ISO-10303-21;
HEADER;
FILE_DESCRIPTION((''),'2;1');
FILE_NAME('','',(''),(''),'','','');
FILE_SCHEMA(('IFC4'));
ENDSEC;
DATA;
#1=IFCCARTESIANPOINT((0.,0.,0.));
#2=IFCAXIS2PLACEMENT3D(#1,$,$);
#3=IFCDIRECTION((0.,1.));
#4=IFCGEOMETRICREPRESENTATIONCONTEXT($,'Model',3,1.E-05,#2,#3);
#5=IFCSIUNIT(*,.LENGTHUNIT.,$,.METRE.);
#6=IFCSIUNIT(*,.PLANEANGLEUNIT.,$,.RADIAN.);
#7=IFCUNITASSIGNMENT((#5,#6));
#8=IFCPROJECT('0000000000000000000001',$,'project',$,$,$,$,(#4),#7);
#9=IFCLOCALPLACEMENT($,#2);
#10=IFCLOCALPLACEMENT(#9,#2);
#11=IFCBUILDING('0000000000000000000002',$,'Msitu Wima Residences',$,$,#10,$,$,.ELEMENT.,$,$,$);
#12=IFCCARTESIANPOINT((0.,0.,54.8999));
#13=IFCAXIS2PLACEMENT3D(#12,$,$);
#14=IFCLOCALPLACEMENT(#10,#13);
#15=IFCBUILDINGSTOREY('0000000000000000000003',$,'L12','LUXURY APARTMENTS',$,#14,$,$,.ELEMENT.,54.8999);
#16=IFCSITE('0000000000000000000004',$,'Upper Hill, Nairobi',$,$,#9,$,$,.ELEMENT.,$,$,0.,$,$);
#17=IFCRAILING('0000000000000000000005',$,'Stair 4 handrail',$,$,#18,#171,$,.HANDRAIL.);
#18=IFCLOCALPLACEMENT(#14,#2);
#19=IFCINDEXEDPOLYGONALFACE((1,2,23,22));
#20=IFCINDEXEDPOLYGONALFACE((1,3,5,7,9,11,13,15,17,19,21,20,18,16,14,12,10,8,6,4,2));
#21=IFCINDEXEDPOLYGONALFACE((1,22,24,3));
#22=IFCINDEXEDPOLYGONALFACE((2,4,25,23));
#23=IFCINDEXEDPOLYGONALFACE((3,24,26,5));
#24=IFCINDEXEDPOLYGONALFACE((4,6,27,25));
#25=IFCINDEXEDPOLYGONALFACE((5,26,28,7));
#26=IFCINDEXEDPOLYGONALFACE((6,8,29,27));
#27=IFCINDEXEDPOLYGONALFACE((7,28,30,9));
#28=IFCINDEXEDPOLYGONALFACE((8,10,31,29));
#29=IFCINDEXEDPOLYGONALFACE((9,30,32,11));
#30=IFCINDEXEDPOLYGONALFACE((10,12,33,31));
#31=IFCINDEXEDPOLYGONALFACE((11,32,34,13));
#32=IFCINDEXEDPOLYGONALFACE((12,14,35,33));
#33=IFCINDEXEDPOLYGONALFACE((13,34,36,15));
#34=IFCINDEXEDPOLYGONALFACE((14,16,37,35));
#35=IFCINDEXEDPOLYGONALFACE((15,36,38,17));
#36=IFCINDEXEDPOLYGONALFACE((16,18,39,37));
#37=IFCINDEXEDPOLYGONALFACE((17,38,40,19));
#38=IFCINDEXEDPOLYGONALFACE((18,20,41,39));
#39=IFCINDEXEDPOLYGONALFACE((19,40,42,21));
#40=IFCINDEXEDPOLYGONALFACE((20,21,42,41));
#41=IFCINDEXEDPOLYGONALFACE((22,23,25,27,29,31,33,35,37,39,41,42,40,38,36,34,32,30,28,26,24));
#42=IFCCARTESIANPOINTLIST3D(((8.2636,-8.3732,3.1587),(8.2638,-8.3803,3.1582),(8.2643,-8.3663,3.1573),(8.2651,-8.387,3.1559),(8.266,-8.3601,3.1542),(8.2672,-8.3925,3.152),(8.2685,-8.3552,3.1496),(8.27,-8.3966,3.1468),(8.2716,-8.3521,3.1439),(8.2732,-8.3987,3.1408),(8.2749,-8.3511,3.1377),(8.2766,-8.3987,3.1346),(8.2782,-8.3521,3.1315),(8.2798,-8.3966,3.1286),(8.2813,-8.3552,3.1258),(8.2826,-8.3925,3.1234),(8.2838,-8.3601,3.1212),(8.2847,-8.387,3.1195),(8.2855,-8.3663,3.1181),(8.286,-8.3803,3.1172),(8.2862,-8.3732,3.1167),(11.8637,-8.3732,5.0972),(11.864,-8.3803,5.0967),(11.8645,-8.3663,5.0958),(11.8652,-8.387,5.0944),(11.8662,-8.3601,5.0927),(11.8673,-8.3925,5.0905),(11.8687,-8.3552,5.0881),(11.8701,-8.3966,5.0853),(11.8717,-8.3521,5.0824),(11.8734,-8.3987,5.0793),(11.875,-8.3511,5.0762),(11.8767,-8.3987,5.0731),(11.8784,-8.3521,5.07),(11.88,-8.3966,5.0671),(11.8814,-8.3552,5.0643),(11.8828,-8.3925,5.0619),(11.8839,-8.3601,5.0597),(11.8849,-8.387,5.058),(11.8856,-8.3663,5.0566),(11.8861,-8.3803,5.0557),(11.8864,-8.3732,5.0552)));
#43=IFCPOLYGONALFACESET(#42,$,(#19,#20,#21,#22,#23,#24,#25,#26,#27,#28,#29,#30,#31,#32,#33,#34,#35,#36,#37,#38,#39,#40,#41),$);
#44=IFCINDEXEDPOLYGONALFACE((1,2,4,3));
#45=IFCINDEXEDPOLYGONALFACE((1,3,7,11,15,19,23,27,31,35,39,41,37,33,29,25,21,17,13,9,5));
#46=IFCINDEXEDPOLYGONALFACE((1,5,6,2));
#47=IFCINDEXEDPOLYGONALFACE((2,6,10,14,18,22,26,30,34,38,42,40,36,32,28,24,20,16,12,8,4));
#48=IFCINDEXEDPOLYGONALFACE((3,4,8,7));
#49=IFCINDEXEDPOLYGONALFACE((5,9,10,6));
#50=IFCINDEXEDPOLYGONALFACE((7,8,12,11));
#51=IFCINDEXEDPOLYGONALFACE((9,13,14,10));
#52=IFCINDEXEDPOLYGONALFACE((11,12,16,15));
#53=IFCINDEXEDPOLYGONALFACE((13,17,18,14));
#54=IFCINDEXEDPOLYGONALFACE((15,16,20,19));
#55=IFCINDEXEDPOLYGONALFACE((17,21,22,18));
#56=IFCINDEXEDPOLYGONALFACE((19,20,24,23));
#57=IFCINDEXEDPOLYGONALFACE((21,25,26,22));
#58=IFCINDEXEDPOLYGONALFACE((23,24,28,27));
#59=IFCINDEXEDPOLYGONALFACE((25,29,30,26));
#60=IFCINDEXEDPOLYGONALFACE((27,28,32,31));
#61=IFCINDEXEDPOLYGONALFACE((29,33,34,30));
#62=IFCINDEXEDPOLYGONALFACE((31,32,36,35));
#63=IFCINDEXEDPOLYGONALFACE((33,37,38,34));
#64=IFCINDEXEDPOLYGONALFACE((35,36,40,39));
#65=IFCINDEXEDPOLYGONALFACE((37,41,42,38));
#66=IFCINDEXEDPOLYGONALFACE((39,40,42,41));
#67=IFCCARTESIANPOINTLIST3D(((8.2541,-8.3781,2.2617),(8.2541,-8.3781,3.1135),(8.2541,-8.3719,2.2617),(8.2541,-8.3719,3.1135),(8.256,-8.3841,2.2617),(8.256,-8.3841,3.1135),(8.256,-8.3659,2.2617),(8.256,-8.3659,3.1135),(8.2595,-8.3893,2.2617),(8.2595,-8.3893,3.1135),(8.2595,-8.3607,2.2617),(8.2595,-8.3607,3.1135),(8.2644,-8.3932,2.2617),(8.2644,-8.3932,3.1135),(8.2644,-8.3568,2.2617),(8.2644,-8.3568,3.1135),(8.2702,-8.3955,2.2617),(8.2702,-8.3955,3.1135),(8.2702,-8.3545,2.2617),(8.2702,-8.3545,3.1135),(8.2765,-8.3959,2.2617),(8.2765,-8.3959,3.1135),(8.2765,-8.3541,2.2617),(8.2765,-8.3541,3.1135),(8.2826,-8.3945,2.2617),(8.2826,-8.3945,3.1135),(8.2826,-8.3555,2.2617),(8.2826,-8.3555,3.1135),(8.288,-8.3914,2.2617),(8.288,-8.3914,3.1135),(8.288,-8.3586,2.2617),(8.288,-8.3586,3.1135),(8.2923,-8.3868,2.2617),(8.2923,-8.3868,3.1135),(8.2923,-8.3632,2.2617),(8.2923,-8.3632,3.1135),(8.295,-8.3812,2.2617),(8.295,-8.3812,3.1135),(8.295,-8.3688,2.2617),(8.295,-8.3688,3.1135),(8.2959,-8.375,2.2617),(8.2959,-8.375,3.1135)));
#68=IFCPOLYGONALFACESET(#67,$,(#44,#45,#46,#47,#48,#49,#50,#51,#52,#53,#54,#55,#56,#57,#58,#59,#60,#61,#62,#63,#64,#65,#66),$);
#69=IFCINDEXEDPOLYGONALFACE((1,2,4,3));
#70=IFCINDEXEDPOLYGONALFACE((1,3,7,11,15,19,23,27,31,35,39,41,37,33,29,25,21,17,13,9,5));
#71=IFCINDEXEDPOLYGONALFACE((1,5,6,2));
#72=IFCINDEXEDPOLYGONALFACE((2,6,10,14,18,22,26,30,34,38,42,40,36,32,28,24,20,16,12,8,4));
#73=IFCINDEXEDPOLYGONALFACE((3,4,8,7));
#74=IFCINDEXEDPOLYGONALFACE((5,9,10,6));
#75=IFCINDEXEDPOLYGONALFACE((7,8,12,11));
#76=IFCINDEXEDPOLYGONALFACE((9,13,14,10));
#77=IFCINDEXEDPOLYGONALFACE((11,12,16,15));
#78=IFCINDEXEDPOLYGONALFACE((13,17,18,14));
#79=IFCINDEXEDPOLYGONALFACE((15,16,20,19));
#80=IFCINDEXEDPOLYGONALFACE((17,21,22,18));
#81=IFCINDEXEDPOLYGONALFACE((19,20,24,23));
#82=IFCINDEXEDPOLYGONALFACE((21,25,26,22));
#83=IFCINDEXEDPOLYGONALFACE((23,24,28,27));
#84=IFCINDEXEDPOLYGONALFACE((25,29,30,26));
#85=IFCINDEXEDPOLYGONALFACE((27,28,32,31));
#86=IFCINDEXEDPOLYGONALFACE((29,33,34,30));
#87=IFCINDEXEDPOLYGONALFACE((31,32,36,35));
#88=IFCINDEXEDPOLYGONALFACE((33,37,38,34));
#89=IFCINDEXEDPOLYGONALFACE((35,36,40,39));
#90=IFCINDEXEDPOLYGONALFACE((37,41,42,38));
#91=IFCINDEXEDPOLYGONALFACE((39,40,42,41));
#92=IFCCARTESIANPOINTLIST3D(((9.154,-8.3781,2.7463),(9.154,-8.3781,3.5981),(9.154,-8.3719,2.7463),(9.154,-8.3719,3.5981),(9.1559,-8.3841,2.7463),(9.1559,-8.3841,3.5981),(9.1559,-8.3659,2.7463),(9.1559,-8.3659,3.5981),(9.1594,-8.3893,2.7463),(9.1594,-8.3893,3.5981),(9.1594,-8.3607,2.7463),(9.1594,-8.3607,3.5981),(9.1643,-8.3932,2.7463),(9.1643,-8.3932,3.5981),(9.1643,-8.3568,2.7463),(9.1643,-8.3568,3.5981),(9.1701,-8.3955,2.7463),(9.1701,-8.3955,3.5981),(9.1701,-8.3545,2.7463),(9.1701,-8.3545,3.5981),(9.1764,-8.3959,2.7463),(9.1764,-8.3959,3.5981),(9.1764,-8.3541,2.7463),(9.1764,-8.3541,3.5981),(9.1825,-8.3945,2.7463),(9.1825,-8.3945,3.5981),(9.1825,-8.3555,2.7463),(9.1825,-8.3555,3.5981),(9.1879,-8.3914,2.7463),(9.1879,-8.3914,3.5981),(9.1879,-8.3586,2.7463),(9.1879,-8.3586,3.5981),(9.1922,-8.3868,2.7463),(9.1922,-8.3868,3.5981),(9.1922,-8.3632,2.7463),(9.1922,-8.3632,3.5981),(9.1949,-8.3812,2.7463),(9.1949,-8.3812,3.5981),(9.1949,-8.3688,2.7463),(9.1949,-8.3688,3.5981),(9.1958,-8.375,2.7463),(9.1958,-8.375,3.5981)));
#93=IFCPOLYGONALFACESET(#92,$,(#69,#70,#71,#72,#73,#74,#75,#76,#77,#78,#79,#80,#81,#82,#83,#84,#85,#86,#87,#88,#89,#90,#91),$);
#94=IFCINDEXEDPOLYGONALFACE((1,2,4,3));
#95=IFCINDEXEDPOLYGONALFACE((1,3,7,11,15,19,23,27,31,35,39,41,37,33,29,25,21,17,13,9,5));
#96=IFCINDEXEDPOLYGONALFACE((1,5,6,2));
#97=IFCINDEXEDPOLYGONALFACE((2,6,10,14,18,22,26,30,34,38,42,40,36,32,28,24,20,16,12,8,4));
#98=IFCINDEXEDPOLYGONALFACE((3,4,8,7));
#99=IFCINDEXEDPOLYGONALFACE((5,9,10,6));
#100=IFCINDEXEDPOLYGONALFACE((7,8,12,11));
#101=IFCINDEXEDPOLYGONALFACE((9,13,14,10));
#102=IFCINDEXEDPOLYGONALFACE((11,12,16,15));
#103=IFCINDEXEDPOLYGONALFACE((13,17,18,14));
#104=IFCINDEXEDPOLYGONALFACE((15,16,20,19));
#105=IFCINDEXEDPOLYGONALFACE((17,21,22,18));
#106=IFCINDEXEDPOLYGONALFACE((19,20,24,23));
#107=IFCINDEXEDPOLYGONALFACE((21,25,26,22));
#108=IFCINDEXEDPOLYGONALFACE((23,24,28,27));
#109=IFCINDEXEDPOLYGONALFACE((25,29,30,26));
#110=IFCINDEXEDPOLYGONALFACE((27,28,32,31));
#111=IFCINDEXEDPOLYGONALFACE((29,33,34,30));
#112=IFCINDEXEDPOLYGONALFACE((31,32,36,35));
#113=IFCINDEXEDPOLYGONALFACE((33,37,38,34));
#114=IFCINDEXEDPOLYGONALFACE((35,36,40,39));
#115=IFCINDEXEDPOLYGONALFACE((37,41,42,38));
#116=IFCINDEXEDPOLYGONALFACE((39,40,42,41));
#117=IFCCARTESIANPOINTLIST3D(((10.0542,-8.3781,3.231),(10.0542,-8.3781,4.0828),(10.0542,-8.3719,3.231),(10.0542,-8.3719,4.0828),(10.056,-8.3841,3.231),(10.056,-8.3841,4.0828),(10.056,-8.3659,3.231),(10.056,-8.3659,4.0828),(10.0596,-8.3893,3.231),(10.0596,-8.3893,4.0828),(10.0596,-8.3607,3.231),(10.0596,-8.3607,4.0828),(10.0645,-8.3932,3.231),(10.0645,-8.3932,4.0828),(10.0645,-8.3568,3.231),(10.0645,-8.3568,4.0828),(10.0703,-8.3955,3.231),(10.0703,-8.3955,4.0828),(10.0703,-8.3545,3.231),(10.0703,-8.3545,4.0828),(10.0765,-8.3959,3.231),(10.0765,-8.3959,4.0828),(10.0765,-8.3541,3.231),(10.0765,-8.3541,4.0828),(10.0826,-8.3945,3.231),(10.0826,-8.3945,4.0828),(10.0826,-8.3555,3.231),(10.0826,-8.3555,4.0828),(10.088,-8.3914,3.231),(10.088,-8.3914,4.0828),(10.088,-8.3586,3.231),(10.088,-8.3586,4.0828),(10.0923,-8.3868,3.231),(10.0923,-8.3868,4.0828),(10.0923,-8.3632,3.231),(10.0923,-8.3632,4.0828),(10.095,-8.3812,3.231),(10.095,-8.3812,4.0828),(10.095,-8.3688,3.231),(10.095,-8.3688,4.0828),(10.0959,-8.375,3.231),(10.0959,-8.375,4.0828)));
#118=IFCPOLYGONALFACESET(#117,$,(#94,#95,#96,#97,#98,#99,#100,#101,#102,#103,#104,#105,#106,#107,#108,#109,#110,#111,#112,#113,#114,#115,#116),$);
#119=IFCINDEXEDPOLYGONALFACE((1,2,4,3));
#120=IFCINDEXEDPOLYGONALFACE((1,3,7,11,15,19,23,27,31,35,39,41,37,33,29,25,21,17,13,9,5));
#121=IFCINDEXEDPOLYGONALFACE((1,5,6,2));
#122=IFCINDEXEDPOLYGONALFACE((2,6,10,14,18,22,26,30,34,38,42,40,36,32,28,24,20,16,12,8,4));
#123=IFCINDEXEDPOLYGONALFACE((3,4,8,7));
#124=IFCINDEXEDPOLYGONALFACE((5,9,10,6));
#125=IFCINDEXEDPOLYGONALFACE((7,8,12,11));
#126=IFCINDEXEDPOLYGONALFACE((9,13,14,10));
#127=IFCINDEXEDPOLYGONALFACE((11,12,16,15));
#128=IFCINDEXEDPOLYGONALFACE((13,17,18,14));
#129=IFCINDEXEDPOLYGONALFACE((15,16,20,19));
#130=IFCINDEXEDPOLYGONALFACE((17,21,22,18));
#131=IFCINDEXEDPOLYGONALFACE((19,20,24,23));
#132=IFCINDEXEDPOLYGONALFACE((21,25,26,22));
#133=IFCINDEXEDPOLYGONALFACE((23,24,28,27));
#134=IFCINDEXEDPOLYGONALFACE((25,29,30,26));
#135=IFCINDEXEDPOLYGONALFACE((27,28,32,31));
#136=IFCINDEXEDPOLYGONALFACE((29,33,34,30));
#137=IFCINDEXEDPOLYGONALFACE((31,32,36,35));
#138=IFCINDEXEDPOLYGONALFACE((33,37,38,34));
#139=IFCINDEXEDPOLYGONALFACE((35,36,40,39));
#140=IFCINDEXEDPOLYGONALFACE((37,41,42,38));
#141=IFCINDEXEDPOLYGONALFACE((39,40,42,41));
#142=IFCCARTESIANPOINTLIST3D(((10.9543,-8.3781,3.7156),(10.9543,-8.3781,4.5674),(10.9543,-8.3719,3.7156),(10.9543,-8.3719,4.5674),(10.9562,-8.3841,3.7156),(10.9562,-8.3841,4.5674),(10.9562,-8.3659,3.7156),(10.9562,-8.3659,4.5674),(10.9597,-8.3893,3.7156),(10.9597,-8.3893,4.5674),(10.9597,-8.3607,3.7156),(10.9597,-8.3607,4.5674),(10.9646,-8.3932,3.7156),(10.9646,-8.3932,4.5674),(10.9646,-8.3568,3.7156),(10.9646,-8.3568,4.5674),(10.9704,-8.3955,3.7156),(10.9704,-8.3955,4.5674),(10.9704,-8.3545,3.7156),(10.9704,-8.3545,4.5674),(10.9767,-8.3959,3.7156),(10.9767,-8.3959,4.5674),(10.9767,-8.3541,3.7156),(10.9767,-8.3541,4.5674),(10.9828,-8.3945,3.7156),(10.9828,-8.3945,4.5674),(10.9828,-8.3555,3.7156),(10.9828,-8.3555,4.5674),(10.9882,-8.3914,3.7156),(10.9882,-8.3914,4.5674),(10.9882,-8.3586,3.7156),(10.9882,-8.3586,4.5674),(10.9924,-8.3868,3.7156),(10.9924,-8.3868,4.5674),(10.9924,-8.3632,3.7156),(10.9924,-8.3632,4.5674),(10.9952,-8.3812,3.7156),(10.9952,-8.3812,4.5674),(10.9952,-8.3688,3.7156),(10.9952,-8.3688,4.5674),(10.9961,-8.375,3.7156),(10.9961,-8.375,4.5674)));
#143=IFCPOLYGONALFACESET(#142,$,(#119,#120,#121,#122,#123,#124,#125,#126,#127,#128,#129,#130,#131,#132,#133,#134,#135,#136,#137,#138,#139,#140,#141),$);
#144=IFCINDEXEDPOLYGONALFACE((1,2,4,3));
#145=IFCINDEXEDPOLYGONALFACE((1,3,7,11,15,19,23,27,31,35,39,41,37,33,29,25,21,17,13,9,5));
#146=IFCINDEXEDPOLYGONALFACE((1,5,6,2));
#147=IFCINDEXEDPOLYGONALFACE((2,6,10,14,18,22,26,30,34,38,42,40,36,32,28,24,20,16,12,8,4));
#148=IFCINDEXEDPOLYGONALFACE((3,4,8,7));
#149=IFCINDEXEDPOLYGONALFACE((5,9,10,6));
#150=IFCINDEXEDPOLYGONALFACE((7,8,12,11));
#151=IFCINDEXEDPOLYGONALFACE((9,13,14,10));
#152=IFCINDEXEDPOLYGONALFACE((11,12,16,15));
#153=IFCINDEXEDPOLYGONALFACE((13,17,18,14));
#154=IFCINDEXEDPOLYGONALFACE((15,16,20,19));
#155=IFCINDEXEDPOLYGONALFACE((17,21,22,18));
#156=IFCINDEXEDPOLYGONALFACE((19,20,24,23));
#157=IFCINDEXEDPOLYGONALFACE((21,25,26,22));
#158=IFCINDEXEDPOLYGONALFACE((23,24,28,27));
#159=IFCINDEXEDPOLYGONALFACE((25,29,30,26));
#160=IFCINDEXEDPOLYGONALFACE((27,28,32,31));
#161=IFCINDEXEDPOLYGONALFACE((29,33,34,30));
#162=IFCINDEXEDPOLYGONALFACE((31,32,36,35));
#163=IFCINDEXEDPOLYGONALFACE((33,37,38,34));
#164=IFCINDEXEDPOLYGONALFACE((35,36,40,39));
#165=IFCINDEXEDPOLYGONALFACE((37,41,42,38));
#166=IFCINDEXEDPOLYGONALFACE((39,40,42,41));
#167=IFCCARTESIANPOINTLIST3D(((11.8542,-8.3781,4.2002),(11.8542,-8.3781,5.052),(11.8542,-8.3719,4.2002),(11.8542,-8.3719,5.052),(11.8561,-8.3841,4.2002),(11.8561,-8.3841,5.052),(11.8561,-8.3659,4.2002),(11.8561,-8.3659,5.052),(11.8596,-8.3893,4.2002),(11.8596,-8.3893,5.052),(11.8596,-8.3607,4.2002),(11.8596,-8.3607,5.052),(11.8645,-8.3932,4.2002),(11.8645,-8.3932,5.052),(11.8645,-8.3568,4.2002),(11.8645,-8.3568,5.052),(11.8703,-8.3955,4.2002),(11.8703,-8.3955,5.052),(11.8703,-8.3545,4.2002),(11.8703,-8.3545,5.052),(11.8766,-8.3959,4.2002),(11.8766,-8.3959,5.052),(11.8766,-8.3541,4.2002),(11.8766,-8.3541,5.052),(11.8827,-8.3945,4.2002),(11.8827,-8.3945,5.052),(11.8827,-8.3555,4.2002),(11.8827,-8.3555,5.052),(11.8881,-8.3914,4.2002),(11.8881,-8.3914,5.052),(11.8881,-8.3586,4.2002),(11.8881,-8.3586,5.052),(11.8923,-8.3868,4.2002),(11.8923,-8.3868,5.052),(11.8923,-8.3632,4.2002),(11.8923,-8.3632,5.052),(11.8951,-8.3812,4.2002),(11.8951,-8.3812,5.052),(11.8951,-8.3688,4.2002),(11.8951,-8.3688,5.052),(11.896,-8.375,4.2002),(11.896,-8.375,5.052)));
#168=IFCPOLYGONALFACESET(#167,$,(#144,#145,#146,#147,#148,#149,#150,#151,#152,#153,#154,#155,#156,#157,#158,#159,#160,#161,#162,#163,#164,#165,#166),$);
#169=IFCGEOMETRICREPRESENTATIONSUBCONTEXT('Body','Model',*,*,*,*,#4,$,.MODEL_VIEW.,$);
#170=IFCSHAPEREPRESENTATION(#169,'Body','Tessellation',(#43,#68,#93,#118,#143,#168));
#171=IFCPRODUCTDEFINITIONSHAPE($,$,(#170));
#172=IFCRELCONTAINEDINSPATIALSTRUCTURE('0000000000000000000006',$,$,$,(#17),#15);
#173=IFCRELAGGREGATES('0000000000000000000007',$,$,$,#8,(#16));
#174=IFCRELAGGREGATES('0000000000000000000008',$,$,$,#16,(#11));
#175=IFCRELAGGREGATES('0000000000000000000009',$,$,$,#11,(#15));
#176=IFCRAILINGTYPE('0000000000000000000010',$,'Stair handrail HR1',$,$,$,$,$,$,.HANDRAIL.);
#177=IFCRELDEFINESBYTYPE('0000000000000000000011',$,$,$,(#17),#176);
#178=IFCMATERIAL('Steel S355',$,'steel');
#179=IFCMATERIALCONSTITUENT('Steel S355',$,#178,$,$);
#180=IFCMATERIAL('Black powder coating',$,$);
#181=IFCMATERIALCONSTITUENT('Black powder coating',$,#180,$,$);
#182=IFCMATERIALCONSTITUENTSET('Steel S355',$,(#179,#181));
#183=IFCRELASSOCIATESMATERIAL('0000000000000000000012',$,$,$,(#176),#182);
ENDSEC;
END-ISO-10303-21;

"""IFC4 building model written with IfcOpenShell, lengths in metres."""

from ifc_helpers import new_model, si_unit, direction, frame, origin, origin_2d, place, context, subcontext, project, spatial, circle, extrude, material, constituent, constituent_set, type_object, element, save


model = new_model("IFC4")

# Units and contexts
model_context = context("Model", 3, precision=1e-05, world=origin(), true_north=direction((0.0, 1.0)))
body_context = subcontext(model_context, "Body", "Model", "MODEL_VIEW")
ifc_project = project(units=[si_unit("LENGTHUNIT", "METRE"), si_unit("PLANEANGLEUNIT", "RADIAN")], contexts=[model_context])

# Site, building, storey
site_placement = place(None, origin())
site = spatial("IfcSite", under=ifc_project, at=site_placement, Name="Upper Hill, Nairobi", CompositionType="ELEMENT", RefElevation=0.0)
building_placement = place(site_placement, origin())
building = spatial("IfcBuilding", under=site, at=building_placement, Name="Msitu Wima Residences", CompositionType="ELEMENT")
storey_placement = place(building_placement, frame((0.0, 0.0, 54.8999)))
storey = spatial("IfcBuildingStorey", under=building, at=storey_placement, Name="L12", Description="LUXURY APARTMENTS", CompositionType="ELEMENT", Elevation=54.8999)

# Railing
ifc_material_1 = material(Name="Steel S355", Category="steel")
ifc_constituent_1 = constituent(ifc_material_1, Name="Steel S355")
ifc_material_2 = material(Name="Black powder coating")
ifc_constituent_2 = constituent(ifc_material_2, Name="Black powder coating")
ifc_constituent_set = constituent_set(constituents=[ifc_constituent_1, ifc_constituent_2], Name="Steel S355")
railing_type = type_object("IfcRailingType", Name="Stair handrail HR1", PredefinedType="HANDRAIL", material=ifc_constituent_set)
for number, where, name in (
    (1, (8.2749, -8.375, 2.2617), "Stair 4 handrail"),
):
    element("IfcRailing", number, at=place(storey_placement, frame(where)), inside=storey, type_object=railing_type, Name=name, PredefinedType="HANDRAIL", context=body_context, shape_type="SweptSolid", body=[
        extrude(circle(Radius=0.0239, at=origin_2d()), frame((0.0, 0.0, 0.876), z_axis=(0.880475, 0.0, 0.474093), x_axis=(0.0, 1.0, 0.0)), (0.0, 0.0, 1.0), 4.0889),
        extrude(circle(Radius=0.021, at=origin_2d()), origin(), (0.0, 0.0, 1.0), 0.8518),
        extrude(circle(Radius=0.021, at=origin_2d()), frame((0.8999, 0.0, 0.4846)), (0.0, 0.0, 1.0), 0.8518),
        extrude(circle(Radius=0.021, at=origin_2d()), frame((1.8, 0.0, 0.9692)), (0.0, 0.0, 1.0), 0.8518),
        extrude(circle(Radius=0.021, at=origin_2d()), frame((2.7002, 0.0, 1.4539)), (0.0, 0.0, 1.0), 0.8518),
        extrude(circle(Radius=0.021, at=origin_2d()), frame((3.6001, 0.0, 1.9385)), (0.0, 0.0, 1.0), 0.8518),
    ])

save(model, "model.ifc")
